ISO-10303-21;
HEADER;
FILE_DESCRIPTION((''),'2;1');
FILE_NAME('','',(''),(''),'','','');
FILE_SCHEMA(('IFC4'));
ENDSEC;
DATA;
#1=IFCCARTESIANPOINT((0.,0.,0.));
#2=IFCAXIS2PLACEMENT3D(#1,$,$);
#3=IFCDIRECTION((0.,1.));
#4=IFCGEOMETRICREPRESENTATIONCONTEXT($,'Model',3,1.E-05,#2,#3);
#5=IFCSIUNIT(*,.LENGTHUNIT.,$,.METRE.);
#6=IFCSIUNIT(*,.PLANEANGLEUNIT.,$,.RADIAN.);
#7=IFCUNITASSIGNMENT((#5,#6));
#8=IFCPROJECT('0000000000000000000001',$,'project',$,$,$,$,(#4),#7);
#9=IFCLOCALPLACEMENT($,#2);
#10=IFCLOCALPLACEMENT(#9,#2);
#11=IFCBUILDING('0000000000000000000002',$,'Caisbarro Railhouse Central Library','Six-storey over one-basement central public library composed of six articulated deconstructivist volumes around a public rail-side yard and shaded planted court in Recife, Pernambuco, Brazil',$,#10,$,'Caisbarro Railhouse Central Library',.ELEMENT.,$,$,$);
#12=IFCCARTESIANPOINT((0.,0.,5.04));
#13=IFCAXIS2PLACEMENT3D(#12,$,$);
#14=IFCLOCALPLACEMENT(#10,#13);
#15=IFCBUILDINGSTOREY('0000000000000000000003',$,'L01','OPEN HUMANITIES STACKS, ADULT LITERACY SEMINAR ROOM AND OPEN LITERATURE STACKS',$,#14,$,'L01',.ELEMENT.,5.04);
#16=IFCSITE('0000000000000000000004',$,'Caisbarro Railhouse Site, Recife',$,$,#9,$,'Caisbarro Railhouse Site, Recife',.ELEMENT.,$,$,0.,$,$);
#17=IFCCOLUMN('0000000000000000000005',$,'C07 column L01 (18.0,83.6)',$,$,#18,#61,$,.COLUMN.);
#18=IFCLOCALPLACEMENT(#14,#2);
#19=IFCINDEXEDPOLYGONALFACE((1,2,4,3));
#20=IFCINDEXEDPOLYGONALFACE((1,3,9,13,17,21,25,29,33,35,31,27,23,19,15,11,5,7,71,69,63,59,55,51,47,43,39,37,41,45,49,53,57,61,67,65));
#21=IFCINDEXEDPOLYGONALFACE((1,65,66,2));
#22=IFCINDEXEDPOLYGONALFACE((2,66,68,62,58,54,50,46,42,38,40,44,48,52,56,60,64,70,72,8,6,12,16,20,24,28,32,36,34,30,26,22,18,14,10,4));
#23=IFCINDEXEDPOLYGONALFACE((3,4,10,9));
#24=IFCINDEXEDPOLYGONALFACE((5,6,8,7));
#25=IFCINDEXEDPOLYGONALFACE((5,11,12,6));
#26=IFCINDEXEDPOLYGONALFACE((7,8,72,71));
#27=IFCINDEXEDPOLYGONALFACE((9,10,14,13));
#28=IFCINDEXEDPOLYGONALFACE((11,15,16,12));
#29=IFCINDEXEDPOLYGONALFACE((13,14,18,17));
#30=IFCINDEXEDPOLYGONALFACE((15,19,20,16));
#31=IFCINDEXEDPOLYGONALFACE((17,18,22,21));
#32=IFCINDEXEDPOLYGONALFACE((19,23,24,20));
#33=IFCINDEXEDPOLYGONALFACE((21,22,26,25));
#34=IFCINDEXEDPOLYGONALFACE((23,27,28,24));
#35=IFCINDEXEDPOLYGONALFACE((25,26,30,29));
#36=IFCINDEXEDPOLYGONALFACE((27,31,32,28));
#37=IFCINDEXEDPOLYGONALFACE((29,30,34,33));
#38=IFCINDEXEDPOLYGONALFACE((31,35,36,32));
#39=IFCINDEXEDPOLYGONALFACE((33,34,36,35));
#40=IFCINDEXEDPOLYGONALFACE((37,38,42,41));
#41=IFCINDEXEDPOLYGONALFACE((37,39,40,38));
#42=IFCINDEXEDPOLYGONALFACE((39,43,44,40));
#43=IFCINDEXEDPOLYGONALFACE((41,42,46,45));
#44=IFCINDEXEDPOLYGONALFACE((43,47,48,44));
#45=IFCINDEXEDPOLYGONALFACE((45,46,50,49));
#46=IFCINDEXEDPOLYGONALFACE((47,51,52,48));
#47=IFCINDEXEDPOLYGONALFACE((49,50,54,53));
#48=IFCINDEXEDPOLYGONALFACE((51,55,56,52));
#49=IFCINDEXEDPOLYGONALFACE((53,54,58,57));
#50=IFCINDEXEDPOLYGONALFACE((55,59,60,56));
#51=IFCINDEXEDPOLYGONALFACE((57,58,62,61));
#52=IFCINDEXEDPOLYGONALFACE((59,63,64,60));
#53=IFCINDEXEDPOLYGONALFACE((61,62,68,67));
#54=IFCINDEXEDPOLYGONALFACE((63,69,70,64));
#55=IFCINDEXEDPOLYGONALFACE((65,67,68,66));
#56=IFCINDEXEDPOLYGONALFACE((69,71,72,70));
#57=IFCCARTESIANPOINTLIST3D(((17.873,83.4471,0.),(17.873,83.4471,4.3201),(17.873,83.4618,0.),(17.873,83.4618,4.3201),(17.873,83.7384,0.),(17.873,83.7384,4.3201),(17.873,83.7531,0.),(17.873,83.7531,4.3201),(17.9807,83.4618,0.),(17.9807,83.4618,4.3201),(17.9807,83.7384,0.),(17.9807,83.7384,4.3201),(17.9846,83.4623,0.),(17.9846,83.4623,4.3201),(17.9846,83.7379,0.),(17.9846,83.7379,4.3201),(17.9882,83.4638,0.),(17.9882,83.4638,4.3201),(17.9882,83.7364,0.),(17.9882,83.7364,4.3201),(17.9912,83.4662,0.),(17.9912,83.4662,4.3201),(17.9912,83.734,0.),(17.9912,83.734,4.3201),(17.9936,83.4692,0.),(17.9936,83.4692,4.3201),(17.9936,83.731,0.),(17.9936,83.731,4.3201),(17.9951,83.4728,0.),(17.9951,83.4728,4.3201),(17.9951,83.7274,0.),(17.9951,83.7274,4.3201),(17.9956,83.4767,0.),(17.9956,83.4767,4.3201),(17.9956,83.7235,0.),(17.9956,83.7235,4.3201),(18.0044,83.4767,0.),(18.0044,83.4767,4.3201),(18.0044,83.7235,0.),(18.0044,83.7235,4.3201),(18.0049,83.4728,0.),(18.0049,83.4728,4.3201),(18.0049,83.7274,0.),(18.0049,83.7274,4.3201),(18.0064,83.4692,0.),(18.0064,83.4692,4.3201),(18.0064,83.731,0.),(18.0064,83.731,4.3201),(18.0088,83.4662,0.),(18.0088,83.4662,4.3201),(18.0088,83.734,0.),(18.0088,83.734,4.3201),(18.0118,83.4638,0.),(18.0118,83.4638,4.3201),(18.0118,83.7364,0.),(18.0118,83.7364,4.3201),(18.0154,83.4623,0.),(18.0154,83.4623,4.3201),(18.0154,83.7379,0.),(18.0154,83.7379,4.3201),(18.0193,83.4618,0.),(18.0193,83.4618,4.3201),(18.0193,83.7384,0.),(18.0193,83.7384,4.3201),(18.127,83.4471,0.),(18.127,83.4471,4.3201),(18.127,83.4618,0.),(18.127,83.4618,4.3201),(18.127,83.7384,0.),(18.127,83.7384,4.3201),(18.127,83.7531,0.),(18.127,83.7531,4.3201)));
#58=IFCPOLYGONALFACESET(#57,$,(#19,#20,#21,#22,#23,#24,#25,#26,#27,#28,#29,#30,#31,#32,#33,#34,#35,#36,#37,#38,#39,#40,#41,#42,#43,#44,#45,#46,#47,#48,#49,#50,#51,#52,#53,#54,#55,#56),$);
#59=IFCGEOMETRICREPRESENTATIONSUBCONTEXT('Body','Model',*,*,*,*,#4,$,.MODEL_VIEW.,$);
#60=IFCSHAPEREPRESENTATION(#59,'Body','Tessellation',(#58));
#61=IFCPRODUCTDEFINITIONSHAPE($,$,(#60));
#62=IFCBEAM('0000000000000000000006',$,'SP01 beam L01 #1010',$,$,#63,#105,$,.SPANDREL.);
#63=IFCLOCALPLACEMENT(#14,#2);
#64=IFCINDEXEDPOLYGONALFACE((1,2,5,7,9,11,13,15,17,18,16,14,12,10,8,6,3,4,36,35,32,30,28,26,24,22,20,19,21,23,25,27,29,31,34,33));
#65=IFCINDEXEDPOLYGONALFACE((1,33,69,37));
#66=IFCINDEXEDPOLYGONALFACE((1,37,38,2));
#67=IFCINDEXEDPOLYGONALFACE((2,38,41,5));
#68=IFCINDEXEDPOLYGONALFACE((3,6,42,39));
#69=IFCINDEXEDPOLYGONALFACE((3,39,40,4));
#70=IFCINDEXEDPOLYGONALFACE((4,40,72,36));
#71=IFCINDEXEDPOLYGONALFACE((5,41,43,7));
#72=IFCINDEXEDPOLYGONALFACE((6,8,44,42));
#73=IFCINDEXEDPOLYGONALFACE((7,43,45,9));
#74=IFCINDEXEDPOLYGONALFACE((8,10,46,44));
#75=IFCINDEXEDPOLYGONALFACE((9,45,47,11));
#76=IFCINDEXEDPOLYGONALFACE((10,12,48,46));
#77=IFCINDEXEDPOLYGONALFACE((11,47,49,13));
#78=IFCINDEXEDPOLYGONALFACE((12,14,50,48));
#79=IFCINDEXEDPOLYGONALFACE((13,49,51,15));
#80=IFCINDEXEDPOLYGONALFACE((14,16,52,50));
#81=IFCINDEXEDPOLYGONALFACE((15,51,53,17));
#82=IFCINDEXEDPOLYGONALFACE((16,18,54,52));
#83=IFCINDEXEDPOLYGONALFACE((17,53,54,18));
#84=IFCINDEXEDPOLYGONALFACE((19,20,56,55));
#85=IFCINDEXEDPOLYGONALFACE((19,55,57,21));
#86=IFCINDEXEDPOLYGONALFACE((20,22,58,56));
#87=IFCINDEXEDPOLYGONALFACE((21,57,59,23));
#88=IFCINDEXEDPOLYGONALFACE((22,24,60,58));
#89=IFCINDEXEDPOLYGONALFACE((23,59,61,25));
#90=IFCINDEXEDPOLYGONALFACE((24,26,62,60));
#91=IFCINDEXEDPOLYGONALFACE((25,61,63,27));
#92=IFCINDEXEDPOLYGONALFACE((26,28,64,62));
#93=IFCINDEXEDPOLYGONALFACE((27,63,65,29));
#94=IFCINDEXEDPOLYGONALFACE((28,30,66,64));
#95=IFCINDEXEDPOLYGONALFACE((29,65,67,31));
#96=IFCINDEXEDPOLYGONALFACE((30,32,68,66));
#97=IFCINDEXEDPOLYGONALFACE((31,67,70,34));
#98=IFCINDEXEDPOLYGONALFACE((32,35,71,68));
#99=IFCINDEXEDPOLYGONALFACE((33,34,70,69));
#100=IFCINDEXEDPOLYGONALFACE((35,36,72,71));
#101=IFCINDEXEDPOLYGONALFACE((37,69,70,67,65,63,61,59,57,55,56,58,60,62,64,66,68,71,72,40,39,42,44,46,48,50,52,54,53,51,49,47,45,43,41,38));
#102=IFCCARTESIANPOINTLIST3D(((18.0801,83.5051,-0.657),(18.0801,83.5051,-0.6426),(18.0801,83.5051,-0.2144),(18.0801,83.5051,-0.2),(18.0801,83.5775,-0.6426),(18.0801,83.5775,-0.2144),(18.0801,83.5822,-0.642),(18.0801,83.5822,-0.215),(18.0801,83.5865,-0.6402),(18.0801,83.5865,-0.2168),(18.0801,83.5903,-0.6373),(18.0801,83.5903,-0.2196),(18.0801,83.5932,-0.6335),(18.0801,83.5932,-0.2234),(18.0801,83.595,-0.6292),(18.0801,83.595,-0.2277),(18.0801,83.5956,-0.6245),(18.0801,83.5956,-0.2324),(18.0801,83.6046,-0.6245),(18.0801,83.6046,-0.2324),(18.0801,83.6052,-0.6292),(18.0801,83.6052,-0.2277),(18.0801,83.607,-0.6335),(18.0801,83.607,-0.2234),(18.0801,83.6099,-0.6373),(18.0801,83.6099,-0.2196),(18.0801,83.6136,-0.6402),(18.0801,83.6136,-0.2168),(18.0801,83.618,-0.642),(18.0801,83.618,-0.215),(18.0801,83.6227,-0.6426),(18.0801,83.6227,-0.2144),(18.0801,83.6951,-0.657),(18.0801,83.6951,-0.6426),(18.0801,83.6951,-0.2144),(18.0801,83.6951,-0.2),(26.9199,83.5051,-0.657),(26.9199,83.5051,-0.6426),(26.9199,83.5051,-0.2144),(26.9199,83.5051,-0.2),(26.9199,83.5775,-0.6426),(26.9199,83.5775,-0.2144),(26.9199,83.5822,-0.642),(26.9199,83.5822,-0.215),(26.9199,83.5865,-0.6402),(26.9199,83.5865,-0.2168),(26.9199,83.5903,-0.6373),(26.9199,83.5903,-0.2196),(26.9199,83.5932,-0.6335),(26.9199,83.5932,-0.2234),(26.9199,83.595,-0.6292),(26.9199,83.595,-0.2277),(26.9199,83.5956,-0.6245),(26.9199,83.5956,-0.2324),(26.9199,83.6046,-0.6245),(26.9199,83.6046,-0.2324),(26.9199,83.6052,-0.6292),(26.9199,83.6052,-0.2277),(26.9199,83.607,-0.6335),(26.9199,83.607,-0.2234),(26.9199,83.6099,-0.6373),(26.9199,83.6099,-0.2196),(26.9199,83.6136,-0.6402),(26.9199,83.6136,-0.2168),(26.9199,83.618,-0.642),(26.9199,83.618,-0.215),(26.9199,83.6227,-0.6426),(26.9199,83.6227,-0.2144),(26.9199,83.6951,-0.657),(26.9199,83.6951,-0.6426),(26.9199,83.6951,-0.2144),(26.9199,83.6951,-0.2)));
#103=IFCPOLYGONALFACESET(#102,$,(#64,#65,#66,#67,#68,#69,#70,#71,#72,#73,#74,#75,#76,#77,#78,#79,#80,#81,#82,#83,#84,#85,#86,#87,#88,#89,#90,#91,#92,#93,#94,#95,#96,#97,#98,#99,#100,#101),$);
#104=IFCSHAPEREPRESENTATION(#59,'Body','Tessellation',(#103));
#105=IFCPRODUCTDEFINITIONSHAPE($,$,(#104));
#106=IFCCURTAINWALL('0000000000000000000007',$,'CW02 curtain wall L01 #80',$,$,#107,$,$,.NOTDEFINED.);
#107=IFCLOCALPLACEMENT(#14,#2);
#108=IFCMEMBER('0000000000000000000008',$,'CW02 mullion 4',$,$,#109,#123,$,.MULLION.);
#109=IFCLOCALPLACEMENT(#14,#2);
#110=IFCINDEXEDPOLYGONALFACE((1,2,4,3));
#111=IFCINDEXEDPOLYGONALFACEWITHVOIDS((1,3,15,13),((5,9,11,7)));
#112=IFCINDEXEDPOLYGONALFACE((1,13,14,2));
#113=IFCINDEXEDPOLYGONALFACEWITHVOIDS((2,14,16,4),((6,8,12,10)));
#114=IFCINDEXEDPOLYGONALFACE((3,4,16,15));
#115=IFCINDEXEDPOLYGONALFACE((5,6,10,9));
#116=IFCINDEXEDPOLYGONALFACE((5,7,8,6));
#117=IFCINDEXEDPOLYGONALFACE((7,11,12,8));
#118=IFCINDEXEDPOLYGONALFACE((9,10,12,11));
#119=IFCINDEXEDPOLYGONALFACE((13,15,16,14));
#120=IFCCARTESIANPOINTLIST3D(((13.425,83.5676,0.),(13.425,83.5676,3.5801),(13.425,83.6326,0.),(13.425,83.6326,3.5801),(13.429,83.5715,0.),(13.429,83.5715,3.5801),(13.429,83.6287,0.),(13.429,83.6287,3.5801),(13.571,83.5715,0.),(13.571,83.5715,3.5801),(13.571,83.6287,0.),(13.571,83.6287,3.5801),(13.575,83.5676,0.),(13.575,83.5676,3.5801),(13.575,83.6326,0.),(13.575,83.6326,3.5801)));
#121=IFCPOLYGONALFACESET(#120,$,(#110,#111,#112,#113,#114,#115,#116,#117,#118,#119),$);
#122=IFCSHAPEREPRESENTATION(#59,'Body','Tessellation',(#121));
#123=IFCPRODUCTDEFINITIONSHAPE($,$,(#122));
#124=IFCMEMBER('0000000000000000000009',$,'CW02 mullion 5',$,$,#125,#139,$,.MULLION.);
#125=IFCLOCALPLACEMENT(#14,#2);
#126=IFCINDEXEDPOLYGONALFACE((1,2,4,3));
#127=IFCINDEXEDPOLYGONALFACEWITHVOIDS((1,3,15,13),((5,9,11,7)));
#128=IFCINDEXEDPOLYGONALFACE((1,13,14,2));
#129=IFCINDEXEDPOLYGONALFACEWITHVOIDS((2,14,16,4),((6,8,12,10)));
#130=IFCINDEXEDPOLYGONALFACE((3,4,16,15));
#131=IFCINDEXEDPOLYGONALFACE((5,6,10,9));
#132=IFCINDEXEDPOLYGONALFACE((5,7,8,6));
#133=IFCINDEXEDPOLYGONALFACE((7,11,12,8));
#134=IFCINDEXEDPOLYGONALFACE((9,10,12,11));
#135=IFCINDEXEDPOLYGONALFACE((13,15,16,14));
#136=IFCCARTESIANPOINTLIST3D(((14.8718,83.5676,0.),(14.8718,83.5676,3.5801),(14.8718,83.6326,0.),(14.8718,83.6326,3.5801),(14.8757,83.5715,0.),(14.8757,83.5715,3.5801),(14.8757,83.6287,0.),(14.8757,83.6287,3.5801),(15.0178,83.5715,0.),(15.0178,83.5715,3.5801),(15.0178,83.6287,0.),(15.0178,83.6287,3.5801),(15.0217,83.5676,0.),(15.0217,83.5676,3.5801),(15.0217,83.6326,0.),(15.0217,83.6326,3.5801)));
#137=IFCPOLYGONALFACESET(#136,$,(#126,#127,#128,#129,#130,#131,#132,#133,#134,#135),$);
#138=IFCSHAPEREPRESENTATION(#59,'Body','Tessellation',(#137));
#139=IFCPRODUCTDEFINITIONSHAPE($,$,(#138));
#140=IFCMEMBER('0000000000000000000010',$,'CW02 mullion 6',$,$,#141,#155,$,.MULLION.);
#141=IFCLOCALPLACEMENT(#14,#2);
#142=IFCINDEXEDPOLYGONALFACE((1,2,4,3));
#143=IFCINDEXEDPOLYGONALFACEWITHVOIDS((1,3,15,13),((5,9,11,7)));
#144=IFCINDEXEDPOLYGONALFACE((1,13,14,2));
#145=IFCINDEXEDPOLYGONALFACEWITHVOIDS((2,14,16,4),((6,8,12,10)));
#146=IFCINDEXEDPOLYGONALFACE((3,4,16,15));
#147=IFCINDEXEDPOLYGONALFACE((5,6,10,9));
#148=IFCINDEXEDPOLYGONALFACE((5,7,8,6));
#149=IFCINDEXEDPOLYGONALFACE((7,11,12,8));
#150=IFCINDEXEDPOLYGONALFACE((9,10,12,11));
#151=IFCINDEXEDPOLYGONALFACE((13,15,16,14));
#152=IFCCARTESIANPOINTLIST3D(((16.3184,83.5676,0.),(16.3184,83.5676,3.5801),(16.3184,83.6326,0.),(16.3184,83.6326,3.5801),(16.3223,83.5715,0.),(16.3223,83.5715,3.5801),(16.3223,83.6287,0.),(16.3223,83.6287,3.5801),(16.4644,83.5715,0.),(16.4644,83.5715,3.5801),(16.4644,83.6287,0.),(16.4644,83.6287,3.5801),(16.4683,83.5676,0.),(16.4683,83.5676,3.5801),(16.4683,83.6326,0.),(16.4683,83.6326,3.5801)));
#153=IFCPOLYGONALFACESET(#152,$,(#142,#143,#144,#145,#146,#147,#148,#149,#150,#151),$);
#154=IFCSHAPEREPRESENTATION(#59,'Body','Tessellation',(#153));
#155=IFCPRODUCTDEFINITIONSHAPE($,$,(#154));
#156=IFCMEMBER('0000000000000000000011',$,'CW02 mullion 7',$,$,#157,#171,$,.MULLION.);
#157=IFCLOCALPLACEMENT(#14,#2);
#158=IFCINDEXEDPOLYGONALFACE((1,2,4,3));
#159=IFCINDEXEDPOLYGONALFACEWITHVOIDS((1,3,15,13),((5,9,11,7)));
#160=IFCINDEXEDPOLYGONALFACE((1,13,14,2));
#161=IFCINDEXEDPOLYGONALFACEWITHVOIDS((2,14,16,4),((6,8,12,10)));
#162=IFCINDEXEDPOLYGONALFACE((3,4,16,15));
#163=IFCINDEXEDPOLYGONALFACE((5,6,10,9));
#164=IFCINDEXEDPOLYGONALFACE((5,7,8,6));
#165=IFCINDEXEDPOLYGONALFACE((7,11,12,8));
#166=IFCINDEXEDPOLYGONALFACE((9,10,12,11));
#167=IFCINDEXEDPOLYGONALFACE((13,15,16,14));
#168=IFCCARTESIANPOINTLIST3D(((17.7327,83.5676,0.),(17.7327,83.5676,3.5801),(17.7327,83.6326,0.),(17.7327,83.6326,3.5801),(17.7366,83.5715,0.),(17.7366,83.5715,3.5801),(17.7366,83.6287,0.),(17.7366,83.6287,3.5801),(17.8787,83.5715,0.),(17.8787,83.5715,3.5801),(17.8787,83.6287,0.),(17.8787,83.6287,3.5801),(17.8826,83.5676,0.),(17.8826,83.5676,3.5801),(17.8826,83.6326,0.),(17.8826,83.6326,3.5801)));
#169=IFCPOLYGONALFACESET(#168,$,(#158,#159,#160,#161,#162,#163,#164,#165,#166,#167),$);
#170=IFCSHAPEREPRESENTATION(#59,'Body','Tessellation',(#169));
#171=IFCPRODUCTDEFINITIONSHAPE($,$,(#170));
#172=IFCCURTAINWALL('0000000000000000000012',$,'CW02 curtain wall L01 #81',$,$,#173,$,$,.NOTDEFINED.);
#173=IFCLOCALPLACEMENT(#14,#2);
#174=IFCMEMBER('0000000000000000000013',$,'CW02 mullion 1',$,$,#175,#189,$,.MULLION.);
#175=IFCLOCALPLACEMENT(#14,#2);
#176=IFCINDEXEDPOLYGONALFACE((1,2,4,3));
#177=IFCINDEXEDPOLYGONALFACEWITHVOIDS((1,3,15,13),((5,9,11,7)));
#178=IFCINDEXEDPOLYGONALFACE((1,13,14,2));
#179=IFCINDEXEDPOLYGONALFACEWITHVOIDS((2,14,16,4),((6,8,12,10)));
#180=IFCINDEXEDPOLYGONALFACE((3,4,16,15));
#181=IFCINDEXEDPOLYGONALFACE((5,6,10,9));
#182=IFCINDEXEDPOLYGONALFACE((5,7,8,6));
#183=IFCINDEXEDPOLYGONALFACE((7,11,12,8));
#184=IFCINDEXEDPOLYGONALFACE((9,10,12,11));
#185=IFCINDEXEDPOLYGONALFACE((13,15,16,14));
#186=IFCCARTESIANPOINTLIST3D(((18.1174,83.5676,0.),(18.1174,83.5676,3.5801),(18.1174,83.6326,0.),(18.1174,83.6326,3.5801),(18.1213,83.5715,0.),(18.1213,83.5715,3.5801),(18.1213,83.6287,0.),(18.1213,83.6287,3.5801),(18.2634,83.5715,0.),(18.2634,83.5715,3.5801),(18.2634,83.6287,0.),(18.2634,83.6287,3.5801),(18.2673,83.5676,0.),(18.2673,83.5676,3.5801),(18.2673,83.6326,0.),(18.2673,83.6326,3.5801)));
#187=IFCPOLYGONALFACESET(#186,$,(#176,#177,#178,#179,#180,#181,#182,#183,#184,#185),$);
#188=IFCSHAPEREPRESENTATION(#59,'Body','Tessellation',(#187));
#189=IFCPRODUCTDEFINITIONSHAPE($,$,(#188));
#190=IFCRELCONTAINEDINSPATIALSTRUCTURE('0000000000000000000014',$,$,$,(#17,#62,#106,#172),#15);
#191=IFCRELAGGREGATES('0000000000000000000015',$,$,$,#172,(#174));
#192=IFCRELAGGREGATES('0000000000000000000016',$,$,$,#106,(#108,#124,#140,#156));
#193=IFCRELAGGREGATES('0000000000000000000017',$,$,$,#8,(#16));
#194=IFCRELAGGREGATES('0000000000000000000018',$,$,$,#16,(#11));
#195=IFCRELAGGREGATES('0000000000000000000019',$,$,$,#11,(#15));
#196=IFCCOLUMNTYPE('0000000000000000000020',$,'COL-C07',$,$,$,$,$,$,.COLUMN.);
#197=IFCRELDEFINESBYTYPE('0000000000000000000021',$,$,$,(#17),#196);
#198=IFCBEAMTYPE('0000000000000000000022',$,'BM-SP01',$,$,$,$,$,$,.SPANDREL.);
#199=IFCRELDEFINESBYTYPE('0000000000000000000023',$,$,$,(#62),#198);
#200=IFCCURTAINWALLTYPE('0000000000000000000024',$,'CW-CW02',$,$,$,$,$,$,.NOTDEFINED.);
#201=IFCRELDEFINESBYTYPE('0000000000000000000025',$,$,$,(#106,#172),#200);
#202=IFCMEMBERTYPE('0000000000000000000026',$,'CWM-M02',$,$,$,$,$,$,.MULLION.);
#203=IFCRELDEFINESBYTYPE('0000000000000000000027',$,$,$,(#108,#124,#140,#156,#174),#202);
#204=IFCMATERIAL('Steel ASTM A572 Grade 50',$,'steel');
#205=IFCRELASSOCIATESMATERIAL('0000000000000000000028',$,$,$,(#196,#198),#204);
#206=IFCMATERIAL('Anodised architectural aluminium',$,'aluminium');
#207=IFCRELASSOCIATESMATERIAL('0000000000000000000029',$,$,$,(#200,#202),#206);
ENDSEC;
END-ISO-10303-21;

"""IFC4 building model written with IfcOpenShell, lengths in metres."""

from ifc_helpers import new_model, si_unit, direction, frame, origin, origin_2d, place, context, subcontext, project, spatial, hollow_rectangle, i_section, extrude, material, material_profile, profile_set, type_object, element, aggregate, save


model = new_model("IFC4")

# Units and contexts
model_context = context("Model", 3, precision=1e-05, world=origin(), true_north=direction((0.0, 1.0)))
body_context = subcontext(model_context, "Body", "Model", "MODEL_VIEW")
ifc_project = project(units=[si_unit("LENGTHUNIT", "METRE"), si_unit("PLANEANGLEUNIT", "RADIAN")], contexts=[model_context])

# Site, building, storey
site_placement = place(None, origin())
site = spatial("IfcSite", under=ifc_project, at=site_placement, Name="Caisbarro Railhouse Site, Recife", LongName="Caisbarro Railhouse Site, Recife", CompositionType="ELEMENT", RefElevation=0.0)
building_placement = place(site_placement, origin())
building = spatial("IfcBuilding", under=site, at=building_placement, Name="Caisbarro Railhouse Central Library", Description="Six-storey over one-basement central public library composed of six articulated deconstructivist volumes around a public rail-side yard and shaded planted court in Recife, Pernambuco, Brazil", LongName="Caisbarro Railhouse Central Library", CompositionType="ELEMENT")
storey_placement = place(building_placement, frame((0.0, 0.0, 5.04)))
storey = spatial("IfcBuildingStorey", under=building, at=storey_placement, Name="L01", Description="OPEN HUMANITIES STACKS, ADULT LITERACY SEMINAR ROOM AND OPEN LITERATURE STACKS", LongName="L01", CompositionType="ELEMENT", Elevation=5.04)

# Column
ifc_material_1 = material(Name="Steel ASTM A572 Grade 50", Category="steel")
ifc_material_profile_1 = material_profile(ifc_material_1, i_section(OverallWidth=0.2539, OverallDepth=0.3059, WebThickness=0.0088, FlangeThickness=0.0146, FilletRadius=0.0149, at=origin_2d()), Name="W310X79.0")
ifc_profile_set_1 = profile_set([ifc_material_profile_1], Name="Steel ASTM A572 Grade 50")
column_type = type_object("IfcColumnType", Name="COL-C07", PredefinedType="COLUMN", material=ifc_profile_set_1)
column_placement = place(storey_placement, frame((18.0, 83.6001, 0.0), z_axis=(0.0, 0.0, 1.0), x_axis=(1.0, 0.0, 0.0)))
element("IfcColumn", 1, at=column_placement, inside=storey, type_object=column_type, Name="C07 column L01 (18.0,83.6)", PredefinedType="COLUMN", context=body_context, shape_type="SweptSolid", body=[
    extrude(i_section(OverallWidth=0.2539, OverallDepth=0.3059, WebThickness=0.0088, FlangeThickness=0.0146, FilletRadius=0.0149, at=origin_2d()), origin(), (0.0, 0.0, 1.0), 4.3201),
])

# Beam
ifc_material_profile_2 = material_profile(ifc_material_1, i_section(OverallWidth=0.1899, OverallDepth=0.457, WebThickness=0.009, FlangeThickness=0.0144, FilletRadius=0.0181, at=origin_2d()), Name="W460X74.0")
ifc_profile_set_2 = profile_set([ifc_material_profile_2], Name="Steel ASTM A572 Grade 50")
beam_type = type_object("IfcBeamType", Name="BM-SP01", PredefinedType="SPANDREL", material=ifc_profile_set_2)
beam_placement = place(storey_placement, frame((18.0801, 83.6001, -0.4285), z_axis=(1.0, 0.0, 0.0), x_axis=(0.0, 1.0, 0.0)))
element("IfcBeam", 2, at=beam_placement, inside=storey, type_object=beam_type, Name="SP01 beam L01 #1010", PredefinedType="SPANDREL", context=body_context, shape_type="SweptSolid", body=[
    extrude(i_section(OverallWidth=0.1899, OverallDepth=0.457, WebThickness=0.009, FlangeThickness=0.0144, FilletRadius=0.0181, at=origin_2d()), origin(), (0.0, 0.0, 1.0), 8.8398),
])

# Curtain wall, members
ifc_material_2 = material(Name="Anodised architectural aluminium", Category="aluminium")
curtain_wall_type = type_object("IfcCurtainWallType", Name="CW-CW02", PredefinedType="NOTDEFINED", material=ifc_material_2)
curtain_wall_1_placement = place(storey_placement, origin())
curtain_wall_1 = element("IfcCurtainWall", 3, at=curtain_wall_1_placement, inside=storey, type_object=curtain_wall_type, Name="CW02 curtain wall L01 #80", PredefinedType="NOTDEFINED")
ifc_material_profile_3 = material_profile(ifc_material_2, hollow_rectangle(XDim=0.0649, YDim=0.1499, WallThickness=0.0039, at=origin_2d()), Name="ALU-MUL-65X150")
ifc_profile_set_3 = profile_set([ifc_material_profile_3], Name="Anodised architectural aluminium")
member_type_1 = type_object("IfcMemberType", Name="CWM-M02", PredefinedType="MULLION", material=ifc_profile_set_3)
member_1_placement = place(storey_placement, frame((13.5, 83.6001, 0.0), z_axis=(0.0, 0.0, 1.0), x_axis=(0.0, 1.0, 0.0)))
member_1 = element("IfcMember", 4, at=member_1_placement, type_object=member_type_1, Name="CW02 mullion 4", PredefinedType="MULLION", context=body_context, shape_type="SweptSolid", body=[
    extrude(hollow_rectangle(XDim=0.0649, YDim=0.1499, WallThickness=0.0039, at=origin_2d()), origin(), (0.0, 0.0, 1.0), 3.5801),
])
member_2_placement = place(storey_placement, frame((14.9468, 83.6001, 0.0), z_axis=(0.0, 0.0, 1.0), x_axis=(0.0, 1.0, 0.0)))
member_2 = element("IfcMember", 5, at=member_2_placement, type_object=member_type_1, Name="CW02 mullion 5", PredefinedType="MULLION", context=body_context, shape_type="SweptSolid", body=[
    extrude(hollow_rectangle(XDim=0.0649, YDim=0.1499, WallThickness=0.0039, at=origin_2d()), origin(), (0.0, 0.0, 1.0), 3.5801),
])
member_3_placement = place(storey_placement, frame((16.3933, 83.6001, 0.0), z_axis=(0.0, 0.0, 1.0), x_axis=(0.0, 1.0, 0.0)))
member_3 = element("IfcMember", 6, at=member_3_placement, type_object=member_type_1, Name="CW02 mullion 6", PredefinedType="MULLION", context=body_context, shape_type="SweptSolid", body=[
    extrude(hollow_rectangle(XDim=0.0649, YDim=0.1499, WallThickness=0.0039, at=origin_2d()), origin(), (0.0, 0.0, 1.0), 3.5801),
])
member_4_placement = place(storey_placement, frame((17.8076, 83.6001, 0.0), z_axis=(0.0, 0.0, 1.0), x_axis=(0.0, 1.0, 0.0)))
member_4 = element("IfcMember", 7, at=member_4_placement, type_object=member_type_1, Name="CW02 mullion 7", PredefinedType="MULLION", context=body_context, shape_type="SweptSolid", body=[
    extrude(hollow_rectangle(XDim=0.0649, YDim=0.1499, WallThickness=0.0039, at=origin_2d()), origin(), (0.0, 0.0, 1.0), 3.5801),
])

# Curtain wall, member
curtain_wall_2_placement = place(storey_placement, origin())
curtain_wall_2 = element("IfcCurtainWall", 8, at=curtain_wall_2_placement, inside=storey, type_object=curtain_wall_type, Name="CW02 curtain wall L01 #81", PredefinedType="NOTDEFINED")
member_5_placement = place(storey_placement, frame((18.1924, 83.6001, 0.0), z_axis=(0.0, 0.0, 1.0), x_axis=(0.0, 1.0, 0.0)))
member_5 = element("IfcMember", 9, at=member_5_placement, type_object=member_type_1, Name="CW02 mullion 1", PredefinedType="MULLION", context=body_context, shape_type="SweptSolid", body=[
    extrude(hollow_rectangle(XDim=0.0649, YDim=0.1499, WallThickness=0.0039, at=origin_2d()), origin(), (0.0, 0.0, 1.0), 3.5801),
])

aggregate(curtain_wall_2, [member_5])

aggregate(curtain_wall_1, [member_1, member_2, member_3, member_4])

save(model, "model.ifc")
